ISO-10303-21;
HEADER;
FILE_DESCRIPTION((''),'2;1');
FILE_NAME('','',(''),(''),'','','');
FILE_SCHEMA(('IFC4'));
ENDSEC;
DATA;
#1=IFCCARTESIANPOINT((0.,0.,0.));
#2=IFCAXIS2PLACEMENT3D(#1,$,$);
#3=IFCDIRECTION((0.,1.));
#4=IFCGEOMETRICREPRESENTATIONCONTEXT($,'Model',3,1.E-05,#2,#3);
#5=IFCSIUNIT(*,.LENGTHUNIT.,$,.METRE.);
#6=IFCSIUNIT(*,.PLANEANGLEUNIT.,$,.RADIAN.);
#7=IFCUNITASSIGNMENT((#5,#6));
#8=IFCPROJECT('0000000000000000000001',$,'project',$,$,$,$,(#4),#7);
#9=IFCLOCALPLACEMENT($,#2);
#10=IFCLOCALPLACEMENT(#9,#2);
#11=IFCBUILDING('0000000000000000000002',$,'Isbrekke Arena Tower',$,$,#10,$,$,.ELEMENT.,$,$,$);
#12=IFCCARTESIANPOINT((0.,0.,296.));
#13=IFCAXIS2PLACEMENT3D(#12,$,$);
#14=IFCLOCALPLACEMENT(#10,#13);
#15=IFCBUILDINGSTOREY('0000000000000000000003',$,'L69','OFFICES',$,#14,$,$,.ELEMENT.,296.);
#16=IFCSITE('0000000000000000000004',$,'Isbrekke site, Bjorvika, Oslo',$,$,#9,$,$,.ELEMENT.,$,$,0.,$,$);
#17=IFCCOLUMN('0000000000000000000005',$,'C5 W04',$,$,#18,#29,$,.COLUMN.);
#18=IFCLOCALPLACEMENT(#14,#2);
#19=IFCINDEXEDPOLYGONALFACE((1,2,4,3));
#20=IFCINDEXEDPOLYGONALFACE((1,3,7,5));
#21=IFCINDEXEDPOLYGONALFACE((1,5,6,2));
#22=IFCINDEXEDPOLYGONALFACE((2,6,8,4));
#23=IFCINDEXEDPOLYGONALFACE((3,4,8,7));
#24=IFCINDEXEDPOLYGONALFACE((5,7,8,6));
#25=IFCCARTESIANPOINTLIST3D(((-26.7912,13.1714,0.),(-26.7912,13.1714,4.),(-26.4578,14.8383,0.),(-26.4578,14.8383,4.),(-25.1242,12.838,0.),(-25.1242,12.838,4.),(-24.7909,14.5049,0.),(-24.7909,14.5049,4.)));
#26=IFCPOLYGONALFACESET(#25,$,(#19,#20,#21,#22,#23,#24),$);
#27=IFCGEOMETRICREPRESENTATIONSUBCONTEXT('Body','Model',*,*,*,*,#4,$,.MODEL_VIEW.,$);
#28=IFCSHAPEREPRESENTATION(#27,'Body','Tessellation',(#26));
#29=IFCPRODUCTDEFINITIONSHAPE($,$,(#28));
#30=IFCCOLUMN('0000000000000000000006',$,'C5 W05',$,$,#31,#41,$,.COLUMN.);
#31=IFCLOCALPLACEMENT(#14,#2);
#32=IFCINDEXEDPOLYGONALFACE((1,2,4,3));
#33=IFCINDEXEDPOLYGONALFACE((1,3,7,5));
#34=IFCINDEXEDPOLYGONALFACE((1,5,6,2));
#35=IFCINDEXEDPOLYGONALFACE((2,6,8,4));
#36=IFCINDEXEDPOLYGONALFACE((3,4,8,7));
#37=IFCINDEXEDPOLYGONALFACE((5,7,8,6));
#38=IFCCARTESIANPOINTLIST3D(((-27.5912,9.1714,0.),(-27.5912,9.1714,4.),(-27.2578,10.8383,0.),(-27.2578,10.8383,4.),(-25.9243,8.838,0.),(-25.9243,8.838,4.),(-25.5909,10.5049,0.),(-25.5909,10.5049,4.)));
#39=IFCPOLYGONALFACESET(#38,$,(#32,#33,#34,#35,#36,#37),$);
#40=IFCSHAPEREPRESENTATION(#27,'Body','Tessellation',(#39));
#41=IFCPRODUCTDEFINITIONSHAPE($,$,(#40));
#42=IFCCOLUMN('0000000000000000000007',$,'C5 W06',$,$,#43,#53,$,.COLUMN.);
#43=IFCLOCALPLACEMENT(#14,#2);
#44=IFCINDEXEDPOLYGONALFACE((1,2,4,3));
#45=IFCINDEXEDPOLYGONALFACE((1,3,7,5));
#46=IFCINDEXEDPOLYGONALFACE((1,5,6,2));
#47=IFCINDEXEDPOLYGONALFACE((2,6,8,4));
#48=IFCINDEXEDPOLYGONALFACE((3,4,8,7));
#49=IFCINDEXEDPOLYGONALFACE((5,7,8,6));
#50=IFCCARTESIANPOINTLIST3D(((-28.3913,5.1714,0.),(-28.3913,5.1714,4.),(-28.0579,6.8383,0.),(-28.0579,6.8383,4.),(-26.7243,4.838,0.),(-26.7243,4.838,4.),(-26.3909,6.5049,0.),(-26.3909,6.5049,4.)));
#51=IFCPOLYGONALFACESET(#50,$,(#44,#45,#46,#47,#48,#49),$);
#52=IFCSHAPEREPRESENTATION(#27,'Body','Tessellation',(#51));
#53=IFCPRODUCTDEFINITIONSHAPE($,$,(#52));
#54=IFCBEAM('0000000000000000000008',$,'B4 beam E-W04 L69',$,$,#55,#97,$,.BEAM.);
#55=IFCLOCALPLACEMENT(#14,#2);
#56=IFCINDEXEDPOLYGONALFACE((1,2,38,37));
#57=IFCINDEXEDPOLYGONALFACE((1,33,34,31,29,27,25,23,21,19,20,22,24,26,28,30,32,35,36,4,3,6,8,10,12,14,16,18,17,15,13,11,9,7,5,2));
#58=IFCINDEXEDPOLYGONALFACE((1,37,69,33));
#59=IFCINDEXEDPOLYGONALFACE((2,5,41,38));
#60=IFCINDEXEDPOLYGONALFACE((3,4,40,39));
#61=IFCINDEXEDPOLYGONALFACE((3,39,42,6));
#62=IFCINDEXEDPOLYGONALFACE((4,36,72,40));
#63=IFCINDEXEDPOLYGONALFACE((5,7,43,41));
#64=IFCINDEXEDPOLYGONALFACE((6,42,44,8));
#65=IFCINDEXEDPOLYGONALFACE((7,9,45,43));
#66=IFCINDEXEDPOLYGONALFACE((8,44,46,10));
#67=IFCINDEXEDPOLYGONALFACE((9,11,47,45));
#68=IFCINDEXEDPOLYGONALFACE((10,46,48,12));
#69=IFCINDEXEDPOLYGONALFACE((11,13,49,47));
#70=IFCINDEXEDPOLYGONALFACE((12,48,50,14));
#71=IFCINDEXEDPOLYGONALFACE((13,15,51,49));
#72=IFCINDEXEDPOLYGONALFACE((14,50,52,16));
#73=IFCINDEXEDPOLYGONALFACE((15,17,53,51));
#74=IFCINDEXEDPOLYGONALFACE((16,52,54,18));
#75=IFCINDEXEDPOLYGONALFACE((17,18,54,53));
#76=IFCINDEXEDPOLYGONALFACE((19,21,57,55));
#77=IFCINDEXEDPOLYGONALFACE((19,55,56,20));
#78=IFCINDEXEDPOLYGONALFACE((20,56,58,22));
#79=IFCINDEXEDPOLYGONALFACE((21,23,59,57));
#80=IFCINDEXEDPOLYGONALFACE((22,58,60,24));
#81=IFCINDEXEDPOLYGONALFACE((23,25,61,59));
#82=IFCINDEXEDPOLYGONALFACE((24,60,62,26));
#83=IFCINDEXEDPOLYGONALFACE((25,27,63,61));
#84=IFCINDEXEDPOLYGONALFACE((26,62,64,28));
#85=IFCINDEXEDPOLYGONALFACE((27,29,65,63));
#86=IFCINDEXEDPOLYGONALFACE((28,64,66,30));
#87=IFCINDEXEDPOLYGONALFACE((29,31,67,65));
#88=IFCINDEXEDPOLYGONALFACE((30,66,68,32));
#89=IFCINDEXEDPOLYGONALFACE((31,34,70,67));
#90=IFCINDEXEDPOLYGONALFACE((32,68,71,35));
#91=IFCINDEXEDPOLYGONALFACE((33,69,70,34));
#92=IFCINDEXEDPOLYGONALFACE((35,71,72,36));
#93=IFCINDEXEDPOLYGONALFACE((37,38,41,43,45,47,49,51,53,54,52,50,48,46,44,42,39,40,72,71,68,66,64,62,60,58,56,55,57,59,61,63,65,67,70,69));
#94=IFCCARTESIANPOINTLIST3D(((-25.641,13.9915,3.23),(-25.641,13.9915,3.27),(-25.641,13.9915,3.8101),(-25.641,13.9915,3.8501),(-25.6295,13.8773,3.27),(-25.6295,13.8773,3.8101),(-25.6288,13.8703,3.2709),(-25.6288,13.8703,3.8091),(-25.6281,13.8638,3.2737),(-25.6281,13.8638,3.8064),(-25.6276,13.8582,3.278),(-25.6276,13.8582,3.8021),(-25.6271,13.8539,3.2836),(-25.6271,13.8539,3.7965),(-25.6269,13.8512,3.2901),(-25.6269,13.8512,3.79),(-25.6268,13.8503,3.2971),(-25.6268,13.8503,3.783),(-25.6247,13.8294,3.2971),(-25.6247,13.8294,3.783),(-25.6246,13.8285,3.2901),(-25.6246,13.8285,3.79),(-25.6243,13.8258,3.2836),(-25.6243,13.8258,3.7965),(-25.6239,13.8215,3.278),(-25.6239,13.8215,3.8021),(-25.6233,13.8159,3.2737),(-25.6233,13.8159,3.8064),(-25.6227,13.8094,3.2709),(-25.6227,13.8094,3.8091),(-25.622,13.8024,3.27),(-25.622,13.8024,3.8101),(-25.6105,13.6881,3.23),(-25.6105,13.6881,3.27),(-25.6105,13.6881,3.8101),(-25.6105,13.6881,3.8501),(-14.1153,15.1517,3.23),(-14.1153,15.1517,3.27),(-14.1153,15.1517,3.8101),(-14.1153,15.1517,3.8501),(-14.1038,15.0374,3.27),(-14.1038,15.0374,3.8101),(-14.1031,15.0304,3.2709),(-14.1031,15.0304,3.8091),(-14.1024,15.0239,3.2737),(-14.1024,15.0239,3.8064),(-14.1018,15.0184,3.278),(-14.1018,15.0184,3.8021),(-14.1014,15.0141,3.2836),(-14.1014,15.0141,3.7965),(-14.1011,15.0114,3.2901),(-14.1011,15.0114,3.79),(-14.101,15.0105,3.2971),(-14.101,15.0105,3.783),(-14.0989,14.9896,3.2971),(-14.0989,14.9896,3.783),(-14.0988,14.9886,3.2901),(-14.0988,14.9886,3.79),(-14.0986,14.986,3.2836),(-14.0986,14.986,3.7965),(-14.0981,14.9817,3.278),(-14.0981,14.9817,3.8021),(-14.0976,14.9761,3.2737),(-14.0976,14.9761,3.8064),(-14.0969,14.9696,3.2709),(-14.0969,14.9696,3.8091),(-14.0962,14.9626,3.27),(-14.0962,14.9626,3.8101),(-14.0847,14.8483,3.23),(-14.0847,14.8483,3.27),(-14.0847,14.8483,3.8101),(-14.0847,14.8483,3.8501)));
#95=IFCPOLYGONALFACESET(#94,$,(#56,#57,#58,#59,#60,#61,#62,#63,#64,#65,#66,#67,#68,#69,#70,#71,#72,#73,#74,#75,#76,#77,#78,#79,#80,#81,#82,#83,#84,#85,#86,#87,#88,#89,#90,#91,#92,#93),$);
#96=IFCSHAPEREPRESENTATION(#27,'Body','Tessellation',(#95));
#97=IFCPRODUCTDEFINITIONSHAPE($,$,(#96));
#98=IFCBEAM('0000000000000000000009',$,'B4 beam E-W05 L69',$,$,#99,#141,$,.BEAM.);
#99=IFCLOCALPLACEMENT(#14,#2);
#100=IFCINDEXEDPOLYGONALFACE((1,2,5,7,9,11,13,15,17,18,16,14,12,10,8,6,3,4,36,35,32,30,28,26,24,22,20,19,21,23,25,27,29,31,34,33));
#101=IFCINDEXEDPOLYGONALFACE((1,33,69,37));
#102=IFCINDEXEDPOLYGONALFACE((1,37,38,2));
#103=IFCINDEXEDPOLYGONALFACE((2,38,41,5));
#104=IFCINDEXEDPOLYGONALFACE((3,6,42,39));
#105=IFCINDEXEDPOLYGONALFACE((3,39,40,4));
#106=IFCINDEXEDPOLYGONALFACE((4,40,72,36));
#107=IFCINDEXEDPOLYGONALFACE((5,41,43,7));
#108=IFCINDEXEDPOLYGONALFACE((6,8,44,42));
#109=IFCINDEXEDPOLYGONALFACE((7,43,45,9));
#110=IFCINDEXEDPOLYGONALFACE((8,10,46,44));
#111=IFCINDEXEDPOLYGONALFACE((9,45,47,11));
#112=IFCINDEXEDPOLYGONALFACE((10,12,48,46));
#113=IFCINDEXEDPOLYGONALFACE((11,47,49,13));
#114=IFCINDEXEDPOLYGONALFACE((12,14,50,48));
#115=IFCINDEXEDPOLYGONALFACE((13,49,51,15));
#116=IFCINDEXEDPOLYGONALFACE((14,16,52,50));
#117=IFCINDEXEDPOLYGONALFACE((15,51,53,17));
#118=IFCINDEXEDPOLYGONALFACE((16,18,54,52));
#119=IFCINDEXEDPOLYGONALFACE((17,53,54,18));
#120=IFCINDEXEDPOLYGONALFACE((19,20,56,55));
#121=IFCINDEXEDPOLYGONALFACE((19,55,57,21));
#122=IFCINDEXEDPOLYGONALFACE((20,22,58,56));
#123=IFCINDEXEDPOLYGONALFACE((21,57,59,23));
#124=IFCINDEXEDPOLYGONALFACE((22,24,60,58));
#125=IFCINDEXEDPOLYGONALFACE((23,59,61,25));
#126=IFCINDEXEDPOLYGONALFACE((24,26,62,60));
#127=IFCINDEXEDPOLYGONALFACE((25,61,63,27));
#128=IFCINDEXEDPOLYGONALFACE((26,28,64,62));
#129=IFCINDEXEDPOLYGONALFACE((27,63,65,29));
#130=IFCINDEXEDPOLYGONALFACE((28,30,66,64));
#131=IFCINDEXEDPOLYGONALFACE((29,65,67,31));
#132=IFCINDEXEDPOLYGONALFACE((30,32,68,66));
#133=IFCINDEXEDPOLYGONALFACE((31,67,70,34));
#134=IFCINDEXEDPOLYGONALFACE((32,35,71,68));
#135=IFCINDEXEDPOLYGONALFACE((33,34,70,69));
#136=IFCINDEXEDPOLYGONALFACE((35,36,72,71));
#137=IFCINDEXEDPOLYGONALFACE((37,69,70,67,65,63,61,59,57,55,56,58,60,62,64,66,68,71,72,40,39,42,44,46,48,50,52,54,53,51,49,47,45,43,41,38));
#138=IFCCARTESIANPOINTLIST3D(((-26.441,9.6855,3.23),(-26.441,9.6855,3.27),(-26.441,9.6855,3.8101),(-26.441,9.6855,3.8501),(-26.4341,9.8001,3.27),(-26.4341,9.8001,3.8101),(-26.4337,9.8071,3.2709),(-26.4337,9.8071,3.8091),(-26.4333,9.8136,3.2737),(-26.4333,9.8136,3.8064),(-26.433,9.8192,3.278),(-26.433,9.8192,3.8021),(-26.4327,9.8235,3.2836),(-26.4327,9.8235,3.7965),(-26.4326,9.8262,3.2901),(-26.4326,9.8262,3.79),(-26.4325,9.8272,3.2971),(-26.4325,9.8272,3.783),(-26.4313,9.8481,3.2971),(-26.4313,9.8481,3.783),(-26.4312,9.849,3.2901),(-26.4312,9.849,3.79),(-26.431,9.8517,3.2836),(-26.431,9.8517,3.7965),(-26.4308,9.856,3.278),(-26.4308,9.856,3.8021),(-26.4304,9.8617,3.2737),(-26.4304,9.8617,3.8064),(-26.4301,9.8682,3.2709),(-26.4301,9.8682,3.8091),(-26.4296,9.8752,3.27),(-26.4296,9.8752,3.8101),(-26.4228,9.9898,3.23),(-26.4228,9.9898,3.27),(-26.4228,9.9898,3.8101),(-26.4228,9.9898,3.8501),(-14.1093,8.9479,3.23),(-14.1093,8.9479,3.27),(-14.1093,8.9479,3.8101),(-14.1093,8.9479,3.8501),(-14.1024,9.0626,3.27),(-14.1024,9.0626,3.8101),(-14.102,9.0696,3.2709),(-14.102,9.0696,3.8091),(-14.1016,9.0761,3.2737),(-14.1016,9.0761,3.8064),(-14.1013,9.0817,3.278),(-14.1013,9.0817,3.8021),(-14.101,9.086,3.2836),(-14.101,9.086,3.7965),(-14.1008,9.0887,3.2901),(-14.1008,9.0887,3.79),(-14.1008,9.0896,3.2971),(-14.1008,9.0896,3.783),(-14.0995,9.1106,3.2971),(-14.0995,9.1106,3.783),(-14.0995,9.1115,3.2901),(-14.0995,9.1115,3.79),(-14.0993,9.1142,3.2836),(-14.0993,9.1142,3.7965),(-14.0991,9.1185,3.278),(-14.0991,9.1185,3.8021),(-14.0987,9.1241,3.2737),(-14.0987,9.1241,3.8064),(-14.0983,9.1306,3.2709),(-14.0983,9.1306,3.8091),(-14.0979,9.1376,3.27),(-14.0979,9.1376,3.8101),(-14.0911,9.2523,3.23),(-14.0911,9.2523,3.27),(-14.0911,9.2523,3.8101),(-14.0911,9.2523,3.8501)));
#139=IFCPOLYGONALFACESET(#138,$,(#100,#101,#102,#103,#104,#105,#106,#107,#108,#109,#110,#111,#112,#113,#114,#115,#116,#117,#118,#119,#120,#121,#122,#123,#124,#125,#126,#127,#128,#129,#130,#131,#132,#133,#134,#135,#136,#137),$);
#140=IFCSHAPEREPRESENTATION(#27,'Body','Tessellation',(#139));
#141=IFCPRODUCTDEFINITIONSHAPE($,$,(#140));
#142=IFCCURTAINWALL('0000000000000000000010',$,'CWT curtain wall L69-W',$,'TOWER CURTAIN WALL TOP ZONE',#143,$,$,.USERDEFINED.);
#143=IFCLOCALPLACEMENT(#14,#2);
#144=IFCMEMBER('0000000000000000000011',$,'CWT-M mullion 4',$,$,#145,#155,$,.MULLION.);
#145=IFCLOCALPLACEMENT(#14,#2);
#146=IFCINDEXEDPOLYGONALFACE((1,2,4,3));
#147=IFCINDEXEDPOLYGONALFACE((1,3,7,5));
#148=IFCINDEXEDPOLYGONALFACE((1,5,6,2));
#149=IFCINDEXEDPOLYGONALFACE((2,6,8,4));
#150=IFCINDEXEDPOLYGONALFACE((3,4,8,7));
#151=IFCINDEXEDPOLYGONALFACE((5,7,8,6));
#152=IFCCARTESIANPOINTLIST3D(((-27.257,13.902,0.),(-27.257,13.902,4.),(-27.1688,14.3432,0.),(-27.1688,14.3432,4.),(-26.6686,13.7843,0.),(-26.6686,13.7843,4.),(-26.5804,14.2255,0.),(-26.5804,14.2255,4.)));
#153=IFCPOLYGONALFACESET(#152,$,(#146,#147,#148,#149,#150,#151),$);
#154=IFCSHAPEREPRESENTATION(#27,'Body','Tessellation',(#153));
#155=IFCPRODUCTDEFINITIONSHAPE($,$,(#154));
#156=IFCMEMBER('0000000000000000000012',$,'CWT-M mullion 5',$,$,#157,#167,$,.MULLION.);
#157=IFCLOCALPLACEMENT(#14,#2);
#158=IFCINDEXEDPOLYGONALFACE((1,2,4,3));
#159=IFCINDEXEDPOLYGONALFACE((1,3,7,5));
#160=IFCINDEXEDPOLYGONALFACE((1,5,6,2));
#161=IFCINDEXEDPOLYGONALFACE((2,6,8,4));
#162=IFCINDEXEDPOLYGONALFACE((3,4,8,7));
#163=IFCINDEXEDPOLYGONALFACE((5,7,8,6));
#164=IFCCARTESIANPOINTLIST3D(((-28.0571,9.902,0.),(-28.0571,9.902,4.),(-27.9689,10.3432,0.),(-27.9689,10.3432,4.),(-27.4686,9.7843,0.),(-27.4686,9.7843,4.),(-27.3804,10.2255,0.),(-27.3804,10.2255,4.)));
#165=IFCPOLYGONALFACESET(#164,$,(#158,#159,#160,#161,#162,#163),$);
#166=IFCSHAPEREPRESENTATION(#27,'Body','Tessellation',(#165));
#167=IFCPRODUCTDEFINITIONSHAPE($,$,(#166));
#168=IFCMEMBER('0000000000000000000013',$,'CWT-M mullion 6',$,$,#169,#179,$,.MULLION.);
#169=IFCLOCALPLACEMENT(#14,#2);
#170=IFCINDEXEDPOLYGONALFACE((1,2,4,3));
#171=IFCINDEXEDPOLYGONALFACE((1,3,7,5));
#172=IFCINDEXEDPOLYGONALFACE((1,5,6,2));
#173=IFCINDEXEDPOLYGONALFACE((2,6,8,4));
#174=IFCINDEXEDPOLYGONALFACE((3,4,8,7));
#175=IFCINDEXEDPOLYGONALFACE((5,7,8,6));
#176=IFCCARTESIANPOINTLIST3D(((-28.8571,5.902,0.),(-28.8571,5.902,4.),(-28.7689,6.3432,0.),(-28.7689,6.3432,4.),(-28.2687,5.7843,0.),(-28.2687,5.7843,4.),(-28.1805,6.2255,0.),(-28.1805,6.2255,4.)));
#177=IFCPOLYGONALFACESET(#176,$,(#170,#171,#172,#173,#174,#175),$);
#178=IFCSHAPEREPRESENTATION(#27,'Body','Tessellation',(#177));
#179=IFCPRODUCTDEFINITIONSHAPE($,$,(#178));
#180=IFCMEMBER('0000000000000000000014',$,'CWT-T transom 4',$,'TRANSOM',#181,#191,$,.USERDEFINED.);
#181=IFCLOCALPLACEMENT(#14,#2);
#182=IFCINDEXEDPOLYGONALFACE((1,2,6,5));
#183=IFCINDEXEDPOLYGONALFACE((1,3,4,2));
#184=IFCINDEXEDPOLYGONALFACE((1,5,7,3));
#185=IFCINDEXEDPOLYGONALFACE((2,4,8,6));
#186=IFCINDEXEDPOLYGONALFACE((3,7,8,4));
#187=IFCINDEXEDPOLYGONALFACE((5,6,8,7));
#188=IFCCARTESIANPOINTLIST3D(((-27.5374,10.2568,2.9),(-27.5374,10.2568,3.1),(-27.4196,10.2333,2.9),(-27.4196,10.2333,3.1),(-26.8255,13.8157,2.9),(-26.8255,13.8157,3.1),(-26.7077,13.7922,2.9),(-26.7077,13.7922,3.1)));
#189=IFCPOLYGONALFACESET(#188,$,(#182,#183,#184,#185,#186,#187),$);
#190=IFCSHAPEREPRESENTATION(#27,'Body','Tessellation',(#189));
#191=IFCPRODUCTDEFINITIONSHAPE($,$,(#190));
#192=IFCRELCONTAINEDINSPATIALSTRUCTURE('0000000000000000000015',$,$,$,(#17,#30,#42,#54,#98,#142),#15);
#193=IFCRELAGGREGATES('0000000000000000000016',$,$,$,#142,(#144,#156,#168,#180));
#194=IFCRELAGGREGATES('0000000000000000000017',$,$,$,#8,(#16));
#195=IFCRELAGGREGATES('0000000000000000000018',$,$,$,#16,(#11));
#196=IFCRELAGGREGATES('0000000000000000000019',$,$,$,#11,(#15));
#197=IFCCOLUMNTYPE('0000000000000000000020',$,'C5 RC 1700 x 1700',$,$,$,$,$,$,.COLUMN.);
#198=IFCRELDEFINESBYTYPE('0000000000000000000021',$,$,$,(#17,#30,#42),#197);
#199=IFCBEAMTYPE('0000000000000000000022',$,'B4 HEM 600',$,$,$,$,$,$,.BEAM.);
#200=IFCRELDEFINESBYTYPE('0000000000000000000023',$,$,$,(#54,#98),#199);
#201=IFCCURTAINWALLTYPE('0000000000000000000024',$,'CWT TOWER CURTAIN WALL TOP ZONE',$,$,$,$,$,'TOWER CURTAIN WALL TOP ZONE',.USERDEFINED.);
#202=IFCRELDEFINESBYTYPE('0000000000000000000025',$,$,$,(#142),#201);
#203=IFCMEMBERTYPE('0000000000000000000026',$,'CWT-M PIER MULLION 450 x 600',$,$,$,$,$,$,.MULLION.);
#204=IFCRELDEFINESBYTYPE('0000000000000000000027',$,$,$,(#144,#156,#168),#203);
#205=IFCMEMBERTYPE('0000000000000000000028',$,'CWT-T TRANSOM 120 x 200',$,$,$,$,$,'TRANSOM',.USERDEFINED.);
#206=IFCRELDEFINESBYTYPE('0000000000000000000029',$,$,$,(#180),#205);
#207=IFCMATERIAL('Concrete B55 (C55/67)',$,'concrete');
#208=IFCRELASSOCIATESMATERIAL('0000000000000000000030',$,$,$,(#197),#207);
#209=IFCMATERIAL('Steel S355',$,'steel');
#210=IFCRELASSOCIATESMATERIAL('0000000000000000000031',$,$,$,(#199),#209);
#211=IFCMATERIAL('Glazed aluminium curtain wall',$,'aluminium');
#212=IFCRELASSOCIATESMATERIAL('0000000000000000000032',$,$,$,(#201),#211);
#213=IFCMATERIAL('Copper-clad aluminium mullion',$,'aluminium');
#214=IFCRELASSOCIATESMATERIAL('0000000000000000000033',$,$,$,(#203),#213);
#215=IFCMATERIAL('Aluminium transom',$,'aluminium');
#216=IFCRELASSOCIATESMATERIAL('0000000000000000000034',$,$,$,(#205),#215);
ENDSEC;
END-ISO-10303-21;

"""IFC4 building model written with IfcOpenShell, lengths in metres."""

from ifc_helpers import new_model, si_unit, direction, frame, origin, origin_2d, place, context, subcontext, project, spatial, rectangle, i_section, extrude, material, material_profile, profile_set, type_object, element, aggregate, save


model = new_model("IFC4")

# Units and contexts
model_context = context("Model", 3, precision=1e-05, world=origin(), true_north=direction((0.0, 1.0)))
body_context = subcontext(model_context, "Body", "Model", "MODEL_VIEW")
ifc_project = project(units=[si_unit("LENGTHUNIT", "METRE"), si_unit("PLANEANGLEUNIT", "RADIAN")], contexts=[model_context])

# Site, building, storey
site_placement = place(None, origin())
site = spatial("IfcSite", under=ifc_project, at=site_placement, Name="Isbrekke site, Bjorvika, Oslo", CompositionType="ELEMENT", RefElevation=0.0)
building_placement = place(site_placement, origin())
building = spatial("IfcBuilding", under=site, at=building_placement, Name="Isbrekke Arena Tower", CompositionType="ELEMENT")
storey_placement = place(building_placement, frame((0.0, 0.0, 296.0)))
storey = spatial("IfcBuildingStorey", under=building, at=storey_placement, Name="L69", Description="OFFICES", CompositionType="ELEMENT", Elevation=296.0)

# Columns
ifc_material_1 = material(Name="Concrete B55 (C55/67)", Category="concrete")
ifc_material_profile_1 = material_profile(ifc_material_1, rectangle(XDim=1.7, YDim=1.7, at=origin_2d()), Name="RC 1700x1700")
ifc_profile_set_1 = profile_set([ifc_material_profile_1], Name="Concrete B55 (C55/67)")
column_type = type_object("IfcColumnType", Name="C5 RC 1700 x 1700", PredefinedType="COLUMN", material=ifc_profile_set_1)
for number, where, z_axis, x_axis, name in (
    (1, (-25.791, 13.8381, 0.0), (0.0, 0.0, 1.0), (-0.196116, -0.980581, 0.0), "C5 W04"),
    (2, (-26.5911, 9.8381, 0.0), (0.0, 0.0, 1.0), (-0.196116, -0.980581, 0.0), "C5 W05"),
    (3, (-27.3911, 5.8381, 0.0), (0.0, 0.0, 1.0), (-0.196116, -0.980581, 0.0), "C5 W06"),
):
    element("IfcColumn", number, at=place(storey_placement, frame(where, z_axis=z_axis, x_axis=x_axis)), inside=storey, type_object=column_type, Name=name, PredefinedType="COLUMN", context=body_context, shape_type="SweptSolid", body=[
        extrude(rectangle(XDim=1.7, YDim=1.7, at=origin_2d()), origin(), (0.0, 0.0, 1.0), 4.0),
    ])

# Beams
ifc_material_2 = material(Name="Steel S355", Category="steel")
ifc_material_profile_2 = material_profile(ifc_material_2, i_section(OverallWidth=0.3049, OverallDepth=0.6201, WebThickness=0.021, FlangeThickness=0.04, FilletRadius=0.0271, at=origin_2d()), Name="HEM 600")
ifc_profile_set_2 = profile_set([ifc_material_profile_2], Name="Steel S355")
beam_type_1 = type_object("IfcBeamType", Name="B4 HEM 600", PredefinedType="BEAM", material=ifc_profile_set_2)
beam_1_placement = place(storey_placement, frame((-25.6257, 13.8398, 3.54), z_axis=(0.994972, 0.100153, 0.0), x_axis=(-0.100153, 0.994972, 0.0)))
element("IfcBeam", 4, at=beam_1_placement, inside=storey, type_object=beam_type_1, Name="B4 beam E-W04 L69", PredefinedType="BEAM", context=body_context, shape_type="SweptSolid", body=[
    extrude(i_section(OverallWidth=0.3049, OverallDepth=0.6201, WebThickness=0.021, FlangeThickness=0.04, FilletRadius=0.0271, at=origin_2d()), origin(), (0.0, 0.0, 1.0), 11.584),
])
beam_2_placement = place(storey_placement, frame((-26.4319, 9.8376, 3.54), z_axis=(0.998216, -0.059702, 0.0), x_axis=(0.059702, 0.998216, 0.0)))
element("IfcBeam", 5, at=beam_2_placement, inside=storey, type_object=beam_type_1, Name="B4 beam E-W05 L69", PredefinedType="BEAM", context=body_context, shape_type="SweptSolid", body=[
    extrude(i_section(OverallWidth=0.3049, OverallDepth=0.6201, WebThickness=0.021, FlangeThickness=0.04, FilletRadius=0.0271, at=origin_2d()), origin(), (0.0, 0.0, 1.0), 12.3538),
])

# Curtain wall, members
ifc_material_3 = material(Name="Glazed aluminium curtain wall", Category="aluminium")
curtain_wall_type = type_object("IfcCurtainWallType", Name="CWT TOWER CURTAIN WALL TOP ZONE", ElementType="TOWER CURTAIN WALL TOP ZONE", PredefinedType="USERDEFINED", material=ifc_material_3)
curtain_wall_placement = place(storey_placement, origin())
curtain_wall = element("IfcCurtainWall", 6, at=curtain_wall_placement, inside=storey, type_object=curtain_wall_type, Name="CWT curtain wall L69-W", ObjectType="TOWER CURTAIN WALL TOP ZONE", PredefinedType="USERDEFINED")
ifc_material_4 = material(Name="Copper-clad aluminium mullion", Category="aluminium")
ifc_material_profile_3 = material_profile(ifc_material_4, rectangle(XDim=0.45, YDim=0.6001, at=origin_2d()), Name="PIER 450X600")
ifc_profile_set_3 = profile_set([ifc_material_profile_3], Name="Copper-clad aluminium mullion")
member_type_1 = type_object("IfcMemberType", Name="CWT-M PIER MULLION 450 x 600", PredefinedType="MULLION", material=ifc_profile_set_3)
member_1_placement = place(storey_placement, frame((-26.9187, 14.0637, 0.0), z_axis=(0.0, 0.0, 1.0), x_axis=(-0.196116, -0.980581, 0.0)))
member_1 = element("IfcMember", 7, at=member_1_placement, type_object=member_type_1, Name="CWT-M mullion 4", PredefinedType="MULLION", context=body_context, shape_type="SweptSolid", body=[
    extrude(rectangle(XDim=0.45, YDim=0.6001, at=origin_2d()), origin(), (0.0, 0.0, 1.0), 4.0),
])
member_2_placement = place(storey_placement, frame((-27.7188, 10.0637, 0.0), z_axis=(0.0, 0.0, 1.0), x_axis=(-0.196116, -0.980581, 0.0)))
member_2 = element("IfcMember", 8, at=member_2_placement, type_object=member_type_1, Name="CWT-M mullion 5", PredefinedType="MULLION", context=body_context, shape_type="SweptSolid", body=[
    extrude(rectangle(XDim=0.45, YDim=0.6001, at=origin_2d()), origin(), (0.0, 0.0, 1.0), 4.0),
])
member_3_placement = place(storey_placement, frame((-28.5188, 6.0637, 0.0), z_axis=(0.0, 0.0, 1.0), x_axis=(-0.196116, -0.980581, 0.0)))
member_3 = element("IfcMember", 9, at=member_3_placement, type_object=member_type_1, Name="CWT-M mullion 6", PredefinedType="MULLION", context=body_context, shape_type="SweptSolid", body=[
    extrude(rectangle(XDim=0.45, YDim=0.6001, at=origin_2d()), origin(), (0.0, 0.0, 1.0), 4.0),
])
ifc_material_5 = material(Name="Aluminium transom", Category="aluminium")
ifc_material_profile_4 = material_profile(ifc_material_5, rectangle(XDim=0.1201, YDim=0.2, at=origin_2d()), Name="TRANSOM 120X200")
ifc_profile_set_4 = profile_set([ifc_material_profile_4], Name="Aluminium transom")
member_type_2 = type_object("IfcMemberType", Name="CWT-T TRANSOM 120 x 200", ElementType="TRANSOM", PredefinedType="USERDEFINED", material=ifc_profile_set_4)
member_4_placement = place(storey_placement, frame((-26.7666, 13.804, 3.0), z_axis=(-0.196155, -0.980573, 0.0), x_axis=(0.980573, -0.196155, 0.0)))
member_4 = element("IfcMember", 10, at=member_4_placement, type_object=member_type_2, Name="CWT-T transom 4", ObjectType="TRANSOM", PredefinedType="USERDEFINED", context=body_context, shape_type="SweptSolid", body=[
    extrude(rectangle(XDim=0.1201, YDim=0.2, at=origin_2d()), origin(), (0.0, 0.0, 1.0), 3.6294),
])

aggregate(curtain_wall, [member_1, member_2, member_3, member_4])

save(model, "model.ifc")
